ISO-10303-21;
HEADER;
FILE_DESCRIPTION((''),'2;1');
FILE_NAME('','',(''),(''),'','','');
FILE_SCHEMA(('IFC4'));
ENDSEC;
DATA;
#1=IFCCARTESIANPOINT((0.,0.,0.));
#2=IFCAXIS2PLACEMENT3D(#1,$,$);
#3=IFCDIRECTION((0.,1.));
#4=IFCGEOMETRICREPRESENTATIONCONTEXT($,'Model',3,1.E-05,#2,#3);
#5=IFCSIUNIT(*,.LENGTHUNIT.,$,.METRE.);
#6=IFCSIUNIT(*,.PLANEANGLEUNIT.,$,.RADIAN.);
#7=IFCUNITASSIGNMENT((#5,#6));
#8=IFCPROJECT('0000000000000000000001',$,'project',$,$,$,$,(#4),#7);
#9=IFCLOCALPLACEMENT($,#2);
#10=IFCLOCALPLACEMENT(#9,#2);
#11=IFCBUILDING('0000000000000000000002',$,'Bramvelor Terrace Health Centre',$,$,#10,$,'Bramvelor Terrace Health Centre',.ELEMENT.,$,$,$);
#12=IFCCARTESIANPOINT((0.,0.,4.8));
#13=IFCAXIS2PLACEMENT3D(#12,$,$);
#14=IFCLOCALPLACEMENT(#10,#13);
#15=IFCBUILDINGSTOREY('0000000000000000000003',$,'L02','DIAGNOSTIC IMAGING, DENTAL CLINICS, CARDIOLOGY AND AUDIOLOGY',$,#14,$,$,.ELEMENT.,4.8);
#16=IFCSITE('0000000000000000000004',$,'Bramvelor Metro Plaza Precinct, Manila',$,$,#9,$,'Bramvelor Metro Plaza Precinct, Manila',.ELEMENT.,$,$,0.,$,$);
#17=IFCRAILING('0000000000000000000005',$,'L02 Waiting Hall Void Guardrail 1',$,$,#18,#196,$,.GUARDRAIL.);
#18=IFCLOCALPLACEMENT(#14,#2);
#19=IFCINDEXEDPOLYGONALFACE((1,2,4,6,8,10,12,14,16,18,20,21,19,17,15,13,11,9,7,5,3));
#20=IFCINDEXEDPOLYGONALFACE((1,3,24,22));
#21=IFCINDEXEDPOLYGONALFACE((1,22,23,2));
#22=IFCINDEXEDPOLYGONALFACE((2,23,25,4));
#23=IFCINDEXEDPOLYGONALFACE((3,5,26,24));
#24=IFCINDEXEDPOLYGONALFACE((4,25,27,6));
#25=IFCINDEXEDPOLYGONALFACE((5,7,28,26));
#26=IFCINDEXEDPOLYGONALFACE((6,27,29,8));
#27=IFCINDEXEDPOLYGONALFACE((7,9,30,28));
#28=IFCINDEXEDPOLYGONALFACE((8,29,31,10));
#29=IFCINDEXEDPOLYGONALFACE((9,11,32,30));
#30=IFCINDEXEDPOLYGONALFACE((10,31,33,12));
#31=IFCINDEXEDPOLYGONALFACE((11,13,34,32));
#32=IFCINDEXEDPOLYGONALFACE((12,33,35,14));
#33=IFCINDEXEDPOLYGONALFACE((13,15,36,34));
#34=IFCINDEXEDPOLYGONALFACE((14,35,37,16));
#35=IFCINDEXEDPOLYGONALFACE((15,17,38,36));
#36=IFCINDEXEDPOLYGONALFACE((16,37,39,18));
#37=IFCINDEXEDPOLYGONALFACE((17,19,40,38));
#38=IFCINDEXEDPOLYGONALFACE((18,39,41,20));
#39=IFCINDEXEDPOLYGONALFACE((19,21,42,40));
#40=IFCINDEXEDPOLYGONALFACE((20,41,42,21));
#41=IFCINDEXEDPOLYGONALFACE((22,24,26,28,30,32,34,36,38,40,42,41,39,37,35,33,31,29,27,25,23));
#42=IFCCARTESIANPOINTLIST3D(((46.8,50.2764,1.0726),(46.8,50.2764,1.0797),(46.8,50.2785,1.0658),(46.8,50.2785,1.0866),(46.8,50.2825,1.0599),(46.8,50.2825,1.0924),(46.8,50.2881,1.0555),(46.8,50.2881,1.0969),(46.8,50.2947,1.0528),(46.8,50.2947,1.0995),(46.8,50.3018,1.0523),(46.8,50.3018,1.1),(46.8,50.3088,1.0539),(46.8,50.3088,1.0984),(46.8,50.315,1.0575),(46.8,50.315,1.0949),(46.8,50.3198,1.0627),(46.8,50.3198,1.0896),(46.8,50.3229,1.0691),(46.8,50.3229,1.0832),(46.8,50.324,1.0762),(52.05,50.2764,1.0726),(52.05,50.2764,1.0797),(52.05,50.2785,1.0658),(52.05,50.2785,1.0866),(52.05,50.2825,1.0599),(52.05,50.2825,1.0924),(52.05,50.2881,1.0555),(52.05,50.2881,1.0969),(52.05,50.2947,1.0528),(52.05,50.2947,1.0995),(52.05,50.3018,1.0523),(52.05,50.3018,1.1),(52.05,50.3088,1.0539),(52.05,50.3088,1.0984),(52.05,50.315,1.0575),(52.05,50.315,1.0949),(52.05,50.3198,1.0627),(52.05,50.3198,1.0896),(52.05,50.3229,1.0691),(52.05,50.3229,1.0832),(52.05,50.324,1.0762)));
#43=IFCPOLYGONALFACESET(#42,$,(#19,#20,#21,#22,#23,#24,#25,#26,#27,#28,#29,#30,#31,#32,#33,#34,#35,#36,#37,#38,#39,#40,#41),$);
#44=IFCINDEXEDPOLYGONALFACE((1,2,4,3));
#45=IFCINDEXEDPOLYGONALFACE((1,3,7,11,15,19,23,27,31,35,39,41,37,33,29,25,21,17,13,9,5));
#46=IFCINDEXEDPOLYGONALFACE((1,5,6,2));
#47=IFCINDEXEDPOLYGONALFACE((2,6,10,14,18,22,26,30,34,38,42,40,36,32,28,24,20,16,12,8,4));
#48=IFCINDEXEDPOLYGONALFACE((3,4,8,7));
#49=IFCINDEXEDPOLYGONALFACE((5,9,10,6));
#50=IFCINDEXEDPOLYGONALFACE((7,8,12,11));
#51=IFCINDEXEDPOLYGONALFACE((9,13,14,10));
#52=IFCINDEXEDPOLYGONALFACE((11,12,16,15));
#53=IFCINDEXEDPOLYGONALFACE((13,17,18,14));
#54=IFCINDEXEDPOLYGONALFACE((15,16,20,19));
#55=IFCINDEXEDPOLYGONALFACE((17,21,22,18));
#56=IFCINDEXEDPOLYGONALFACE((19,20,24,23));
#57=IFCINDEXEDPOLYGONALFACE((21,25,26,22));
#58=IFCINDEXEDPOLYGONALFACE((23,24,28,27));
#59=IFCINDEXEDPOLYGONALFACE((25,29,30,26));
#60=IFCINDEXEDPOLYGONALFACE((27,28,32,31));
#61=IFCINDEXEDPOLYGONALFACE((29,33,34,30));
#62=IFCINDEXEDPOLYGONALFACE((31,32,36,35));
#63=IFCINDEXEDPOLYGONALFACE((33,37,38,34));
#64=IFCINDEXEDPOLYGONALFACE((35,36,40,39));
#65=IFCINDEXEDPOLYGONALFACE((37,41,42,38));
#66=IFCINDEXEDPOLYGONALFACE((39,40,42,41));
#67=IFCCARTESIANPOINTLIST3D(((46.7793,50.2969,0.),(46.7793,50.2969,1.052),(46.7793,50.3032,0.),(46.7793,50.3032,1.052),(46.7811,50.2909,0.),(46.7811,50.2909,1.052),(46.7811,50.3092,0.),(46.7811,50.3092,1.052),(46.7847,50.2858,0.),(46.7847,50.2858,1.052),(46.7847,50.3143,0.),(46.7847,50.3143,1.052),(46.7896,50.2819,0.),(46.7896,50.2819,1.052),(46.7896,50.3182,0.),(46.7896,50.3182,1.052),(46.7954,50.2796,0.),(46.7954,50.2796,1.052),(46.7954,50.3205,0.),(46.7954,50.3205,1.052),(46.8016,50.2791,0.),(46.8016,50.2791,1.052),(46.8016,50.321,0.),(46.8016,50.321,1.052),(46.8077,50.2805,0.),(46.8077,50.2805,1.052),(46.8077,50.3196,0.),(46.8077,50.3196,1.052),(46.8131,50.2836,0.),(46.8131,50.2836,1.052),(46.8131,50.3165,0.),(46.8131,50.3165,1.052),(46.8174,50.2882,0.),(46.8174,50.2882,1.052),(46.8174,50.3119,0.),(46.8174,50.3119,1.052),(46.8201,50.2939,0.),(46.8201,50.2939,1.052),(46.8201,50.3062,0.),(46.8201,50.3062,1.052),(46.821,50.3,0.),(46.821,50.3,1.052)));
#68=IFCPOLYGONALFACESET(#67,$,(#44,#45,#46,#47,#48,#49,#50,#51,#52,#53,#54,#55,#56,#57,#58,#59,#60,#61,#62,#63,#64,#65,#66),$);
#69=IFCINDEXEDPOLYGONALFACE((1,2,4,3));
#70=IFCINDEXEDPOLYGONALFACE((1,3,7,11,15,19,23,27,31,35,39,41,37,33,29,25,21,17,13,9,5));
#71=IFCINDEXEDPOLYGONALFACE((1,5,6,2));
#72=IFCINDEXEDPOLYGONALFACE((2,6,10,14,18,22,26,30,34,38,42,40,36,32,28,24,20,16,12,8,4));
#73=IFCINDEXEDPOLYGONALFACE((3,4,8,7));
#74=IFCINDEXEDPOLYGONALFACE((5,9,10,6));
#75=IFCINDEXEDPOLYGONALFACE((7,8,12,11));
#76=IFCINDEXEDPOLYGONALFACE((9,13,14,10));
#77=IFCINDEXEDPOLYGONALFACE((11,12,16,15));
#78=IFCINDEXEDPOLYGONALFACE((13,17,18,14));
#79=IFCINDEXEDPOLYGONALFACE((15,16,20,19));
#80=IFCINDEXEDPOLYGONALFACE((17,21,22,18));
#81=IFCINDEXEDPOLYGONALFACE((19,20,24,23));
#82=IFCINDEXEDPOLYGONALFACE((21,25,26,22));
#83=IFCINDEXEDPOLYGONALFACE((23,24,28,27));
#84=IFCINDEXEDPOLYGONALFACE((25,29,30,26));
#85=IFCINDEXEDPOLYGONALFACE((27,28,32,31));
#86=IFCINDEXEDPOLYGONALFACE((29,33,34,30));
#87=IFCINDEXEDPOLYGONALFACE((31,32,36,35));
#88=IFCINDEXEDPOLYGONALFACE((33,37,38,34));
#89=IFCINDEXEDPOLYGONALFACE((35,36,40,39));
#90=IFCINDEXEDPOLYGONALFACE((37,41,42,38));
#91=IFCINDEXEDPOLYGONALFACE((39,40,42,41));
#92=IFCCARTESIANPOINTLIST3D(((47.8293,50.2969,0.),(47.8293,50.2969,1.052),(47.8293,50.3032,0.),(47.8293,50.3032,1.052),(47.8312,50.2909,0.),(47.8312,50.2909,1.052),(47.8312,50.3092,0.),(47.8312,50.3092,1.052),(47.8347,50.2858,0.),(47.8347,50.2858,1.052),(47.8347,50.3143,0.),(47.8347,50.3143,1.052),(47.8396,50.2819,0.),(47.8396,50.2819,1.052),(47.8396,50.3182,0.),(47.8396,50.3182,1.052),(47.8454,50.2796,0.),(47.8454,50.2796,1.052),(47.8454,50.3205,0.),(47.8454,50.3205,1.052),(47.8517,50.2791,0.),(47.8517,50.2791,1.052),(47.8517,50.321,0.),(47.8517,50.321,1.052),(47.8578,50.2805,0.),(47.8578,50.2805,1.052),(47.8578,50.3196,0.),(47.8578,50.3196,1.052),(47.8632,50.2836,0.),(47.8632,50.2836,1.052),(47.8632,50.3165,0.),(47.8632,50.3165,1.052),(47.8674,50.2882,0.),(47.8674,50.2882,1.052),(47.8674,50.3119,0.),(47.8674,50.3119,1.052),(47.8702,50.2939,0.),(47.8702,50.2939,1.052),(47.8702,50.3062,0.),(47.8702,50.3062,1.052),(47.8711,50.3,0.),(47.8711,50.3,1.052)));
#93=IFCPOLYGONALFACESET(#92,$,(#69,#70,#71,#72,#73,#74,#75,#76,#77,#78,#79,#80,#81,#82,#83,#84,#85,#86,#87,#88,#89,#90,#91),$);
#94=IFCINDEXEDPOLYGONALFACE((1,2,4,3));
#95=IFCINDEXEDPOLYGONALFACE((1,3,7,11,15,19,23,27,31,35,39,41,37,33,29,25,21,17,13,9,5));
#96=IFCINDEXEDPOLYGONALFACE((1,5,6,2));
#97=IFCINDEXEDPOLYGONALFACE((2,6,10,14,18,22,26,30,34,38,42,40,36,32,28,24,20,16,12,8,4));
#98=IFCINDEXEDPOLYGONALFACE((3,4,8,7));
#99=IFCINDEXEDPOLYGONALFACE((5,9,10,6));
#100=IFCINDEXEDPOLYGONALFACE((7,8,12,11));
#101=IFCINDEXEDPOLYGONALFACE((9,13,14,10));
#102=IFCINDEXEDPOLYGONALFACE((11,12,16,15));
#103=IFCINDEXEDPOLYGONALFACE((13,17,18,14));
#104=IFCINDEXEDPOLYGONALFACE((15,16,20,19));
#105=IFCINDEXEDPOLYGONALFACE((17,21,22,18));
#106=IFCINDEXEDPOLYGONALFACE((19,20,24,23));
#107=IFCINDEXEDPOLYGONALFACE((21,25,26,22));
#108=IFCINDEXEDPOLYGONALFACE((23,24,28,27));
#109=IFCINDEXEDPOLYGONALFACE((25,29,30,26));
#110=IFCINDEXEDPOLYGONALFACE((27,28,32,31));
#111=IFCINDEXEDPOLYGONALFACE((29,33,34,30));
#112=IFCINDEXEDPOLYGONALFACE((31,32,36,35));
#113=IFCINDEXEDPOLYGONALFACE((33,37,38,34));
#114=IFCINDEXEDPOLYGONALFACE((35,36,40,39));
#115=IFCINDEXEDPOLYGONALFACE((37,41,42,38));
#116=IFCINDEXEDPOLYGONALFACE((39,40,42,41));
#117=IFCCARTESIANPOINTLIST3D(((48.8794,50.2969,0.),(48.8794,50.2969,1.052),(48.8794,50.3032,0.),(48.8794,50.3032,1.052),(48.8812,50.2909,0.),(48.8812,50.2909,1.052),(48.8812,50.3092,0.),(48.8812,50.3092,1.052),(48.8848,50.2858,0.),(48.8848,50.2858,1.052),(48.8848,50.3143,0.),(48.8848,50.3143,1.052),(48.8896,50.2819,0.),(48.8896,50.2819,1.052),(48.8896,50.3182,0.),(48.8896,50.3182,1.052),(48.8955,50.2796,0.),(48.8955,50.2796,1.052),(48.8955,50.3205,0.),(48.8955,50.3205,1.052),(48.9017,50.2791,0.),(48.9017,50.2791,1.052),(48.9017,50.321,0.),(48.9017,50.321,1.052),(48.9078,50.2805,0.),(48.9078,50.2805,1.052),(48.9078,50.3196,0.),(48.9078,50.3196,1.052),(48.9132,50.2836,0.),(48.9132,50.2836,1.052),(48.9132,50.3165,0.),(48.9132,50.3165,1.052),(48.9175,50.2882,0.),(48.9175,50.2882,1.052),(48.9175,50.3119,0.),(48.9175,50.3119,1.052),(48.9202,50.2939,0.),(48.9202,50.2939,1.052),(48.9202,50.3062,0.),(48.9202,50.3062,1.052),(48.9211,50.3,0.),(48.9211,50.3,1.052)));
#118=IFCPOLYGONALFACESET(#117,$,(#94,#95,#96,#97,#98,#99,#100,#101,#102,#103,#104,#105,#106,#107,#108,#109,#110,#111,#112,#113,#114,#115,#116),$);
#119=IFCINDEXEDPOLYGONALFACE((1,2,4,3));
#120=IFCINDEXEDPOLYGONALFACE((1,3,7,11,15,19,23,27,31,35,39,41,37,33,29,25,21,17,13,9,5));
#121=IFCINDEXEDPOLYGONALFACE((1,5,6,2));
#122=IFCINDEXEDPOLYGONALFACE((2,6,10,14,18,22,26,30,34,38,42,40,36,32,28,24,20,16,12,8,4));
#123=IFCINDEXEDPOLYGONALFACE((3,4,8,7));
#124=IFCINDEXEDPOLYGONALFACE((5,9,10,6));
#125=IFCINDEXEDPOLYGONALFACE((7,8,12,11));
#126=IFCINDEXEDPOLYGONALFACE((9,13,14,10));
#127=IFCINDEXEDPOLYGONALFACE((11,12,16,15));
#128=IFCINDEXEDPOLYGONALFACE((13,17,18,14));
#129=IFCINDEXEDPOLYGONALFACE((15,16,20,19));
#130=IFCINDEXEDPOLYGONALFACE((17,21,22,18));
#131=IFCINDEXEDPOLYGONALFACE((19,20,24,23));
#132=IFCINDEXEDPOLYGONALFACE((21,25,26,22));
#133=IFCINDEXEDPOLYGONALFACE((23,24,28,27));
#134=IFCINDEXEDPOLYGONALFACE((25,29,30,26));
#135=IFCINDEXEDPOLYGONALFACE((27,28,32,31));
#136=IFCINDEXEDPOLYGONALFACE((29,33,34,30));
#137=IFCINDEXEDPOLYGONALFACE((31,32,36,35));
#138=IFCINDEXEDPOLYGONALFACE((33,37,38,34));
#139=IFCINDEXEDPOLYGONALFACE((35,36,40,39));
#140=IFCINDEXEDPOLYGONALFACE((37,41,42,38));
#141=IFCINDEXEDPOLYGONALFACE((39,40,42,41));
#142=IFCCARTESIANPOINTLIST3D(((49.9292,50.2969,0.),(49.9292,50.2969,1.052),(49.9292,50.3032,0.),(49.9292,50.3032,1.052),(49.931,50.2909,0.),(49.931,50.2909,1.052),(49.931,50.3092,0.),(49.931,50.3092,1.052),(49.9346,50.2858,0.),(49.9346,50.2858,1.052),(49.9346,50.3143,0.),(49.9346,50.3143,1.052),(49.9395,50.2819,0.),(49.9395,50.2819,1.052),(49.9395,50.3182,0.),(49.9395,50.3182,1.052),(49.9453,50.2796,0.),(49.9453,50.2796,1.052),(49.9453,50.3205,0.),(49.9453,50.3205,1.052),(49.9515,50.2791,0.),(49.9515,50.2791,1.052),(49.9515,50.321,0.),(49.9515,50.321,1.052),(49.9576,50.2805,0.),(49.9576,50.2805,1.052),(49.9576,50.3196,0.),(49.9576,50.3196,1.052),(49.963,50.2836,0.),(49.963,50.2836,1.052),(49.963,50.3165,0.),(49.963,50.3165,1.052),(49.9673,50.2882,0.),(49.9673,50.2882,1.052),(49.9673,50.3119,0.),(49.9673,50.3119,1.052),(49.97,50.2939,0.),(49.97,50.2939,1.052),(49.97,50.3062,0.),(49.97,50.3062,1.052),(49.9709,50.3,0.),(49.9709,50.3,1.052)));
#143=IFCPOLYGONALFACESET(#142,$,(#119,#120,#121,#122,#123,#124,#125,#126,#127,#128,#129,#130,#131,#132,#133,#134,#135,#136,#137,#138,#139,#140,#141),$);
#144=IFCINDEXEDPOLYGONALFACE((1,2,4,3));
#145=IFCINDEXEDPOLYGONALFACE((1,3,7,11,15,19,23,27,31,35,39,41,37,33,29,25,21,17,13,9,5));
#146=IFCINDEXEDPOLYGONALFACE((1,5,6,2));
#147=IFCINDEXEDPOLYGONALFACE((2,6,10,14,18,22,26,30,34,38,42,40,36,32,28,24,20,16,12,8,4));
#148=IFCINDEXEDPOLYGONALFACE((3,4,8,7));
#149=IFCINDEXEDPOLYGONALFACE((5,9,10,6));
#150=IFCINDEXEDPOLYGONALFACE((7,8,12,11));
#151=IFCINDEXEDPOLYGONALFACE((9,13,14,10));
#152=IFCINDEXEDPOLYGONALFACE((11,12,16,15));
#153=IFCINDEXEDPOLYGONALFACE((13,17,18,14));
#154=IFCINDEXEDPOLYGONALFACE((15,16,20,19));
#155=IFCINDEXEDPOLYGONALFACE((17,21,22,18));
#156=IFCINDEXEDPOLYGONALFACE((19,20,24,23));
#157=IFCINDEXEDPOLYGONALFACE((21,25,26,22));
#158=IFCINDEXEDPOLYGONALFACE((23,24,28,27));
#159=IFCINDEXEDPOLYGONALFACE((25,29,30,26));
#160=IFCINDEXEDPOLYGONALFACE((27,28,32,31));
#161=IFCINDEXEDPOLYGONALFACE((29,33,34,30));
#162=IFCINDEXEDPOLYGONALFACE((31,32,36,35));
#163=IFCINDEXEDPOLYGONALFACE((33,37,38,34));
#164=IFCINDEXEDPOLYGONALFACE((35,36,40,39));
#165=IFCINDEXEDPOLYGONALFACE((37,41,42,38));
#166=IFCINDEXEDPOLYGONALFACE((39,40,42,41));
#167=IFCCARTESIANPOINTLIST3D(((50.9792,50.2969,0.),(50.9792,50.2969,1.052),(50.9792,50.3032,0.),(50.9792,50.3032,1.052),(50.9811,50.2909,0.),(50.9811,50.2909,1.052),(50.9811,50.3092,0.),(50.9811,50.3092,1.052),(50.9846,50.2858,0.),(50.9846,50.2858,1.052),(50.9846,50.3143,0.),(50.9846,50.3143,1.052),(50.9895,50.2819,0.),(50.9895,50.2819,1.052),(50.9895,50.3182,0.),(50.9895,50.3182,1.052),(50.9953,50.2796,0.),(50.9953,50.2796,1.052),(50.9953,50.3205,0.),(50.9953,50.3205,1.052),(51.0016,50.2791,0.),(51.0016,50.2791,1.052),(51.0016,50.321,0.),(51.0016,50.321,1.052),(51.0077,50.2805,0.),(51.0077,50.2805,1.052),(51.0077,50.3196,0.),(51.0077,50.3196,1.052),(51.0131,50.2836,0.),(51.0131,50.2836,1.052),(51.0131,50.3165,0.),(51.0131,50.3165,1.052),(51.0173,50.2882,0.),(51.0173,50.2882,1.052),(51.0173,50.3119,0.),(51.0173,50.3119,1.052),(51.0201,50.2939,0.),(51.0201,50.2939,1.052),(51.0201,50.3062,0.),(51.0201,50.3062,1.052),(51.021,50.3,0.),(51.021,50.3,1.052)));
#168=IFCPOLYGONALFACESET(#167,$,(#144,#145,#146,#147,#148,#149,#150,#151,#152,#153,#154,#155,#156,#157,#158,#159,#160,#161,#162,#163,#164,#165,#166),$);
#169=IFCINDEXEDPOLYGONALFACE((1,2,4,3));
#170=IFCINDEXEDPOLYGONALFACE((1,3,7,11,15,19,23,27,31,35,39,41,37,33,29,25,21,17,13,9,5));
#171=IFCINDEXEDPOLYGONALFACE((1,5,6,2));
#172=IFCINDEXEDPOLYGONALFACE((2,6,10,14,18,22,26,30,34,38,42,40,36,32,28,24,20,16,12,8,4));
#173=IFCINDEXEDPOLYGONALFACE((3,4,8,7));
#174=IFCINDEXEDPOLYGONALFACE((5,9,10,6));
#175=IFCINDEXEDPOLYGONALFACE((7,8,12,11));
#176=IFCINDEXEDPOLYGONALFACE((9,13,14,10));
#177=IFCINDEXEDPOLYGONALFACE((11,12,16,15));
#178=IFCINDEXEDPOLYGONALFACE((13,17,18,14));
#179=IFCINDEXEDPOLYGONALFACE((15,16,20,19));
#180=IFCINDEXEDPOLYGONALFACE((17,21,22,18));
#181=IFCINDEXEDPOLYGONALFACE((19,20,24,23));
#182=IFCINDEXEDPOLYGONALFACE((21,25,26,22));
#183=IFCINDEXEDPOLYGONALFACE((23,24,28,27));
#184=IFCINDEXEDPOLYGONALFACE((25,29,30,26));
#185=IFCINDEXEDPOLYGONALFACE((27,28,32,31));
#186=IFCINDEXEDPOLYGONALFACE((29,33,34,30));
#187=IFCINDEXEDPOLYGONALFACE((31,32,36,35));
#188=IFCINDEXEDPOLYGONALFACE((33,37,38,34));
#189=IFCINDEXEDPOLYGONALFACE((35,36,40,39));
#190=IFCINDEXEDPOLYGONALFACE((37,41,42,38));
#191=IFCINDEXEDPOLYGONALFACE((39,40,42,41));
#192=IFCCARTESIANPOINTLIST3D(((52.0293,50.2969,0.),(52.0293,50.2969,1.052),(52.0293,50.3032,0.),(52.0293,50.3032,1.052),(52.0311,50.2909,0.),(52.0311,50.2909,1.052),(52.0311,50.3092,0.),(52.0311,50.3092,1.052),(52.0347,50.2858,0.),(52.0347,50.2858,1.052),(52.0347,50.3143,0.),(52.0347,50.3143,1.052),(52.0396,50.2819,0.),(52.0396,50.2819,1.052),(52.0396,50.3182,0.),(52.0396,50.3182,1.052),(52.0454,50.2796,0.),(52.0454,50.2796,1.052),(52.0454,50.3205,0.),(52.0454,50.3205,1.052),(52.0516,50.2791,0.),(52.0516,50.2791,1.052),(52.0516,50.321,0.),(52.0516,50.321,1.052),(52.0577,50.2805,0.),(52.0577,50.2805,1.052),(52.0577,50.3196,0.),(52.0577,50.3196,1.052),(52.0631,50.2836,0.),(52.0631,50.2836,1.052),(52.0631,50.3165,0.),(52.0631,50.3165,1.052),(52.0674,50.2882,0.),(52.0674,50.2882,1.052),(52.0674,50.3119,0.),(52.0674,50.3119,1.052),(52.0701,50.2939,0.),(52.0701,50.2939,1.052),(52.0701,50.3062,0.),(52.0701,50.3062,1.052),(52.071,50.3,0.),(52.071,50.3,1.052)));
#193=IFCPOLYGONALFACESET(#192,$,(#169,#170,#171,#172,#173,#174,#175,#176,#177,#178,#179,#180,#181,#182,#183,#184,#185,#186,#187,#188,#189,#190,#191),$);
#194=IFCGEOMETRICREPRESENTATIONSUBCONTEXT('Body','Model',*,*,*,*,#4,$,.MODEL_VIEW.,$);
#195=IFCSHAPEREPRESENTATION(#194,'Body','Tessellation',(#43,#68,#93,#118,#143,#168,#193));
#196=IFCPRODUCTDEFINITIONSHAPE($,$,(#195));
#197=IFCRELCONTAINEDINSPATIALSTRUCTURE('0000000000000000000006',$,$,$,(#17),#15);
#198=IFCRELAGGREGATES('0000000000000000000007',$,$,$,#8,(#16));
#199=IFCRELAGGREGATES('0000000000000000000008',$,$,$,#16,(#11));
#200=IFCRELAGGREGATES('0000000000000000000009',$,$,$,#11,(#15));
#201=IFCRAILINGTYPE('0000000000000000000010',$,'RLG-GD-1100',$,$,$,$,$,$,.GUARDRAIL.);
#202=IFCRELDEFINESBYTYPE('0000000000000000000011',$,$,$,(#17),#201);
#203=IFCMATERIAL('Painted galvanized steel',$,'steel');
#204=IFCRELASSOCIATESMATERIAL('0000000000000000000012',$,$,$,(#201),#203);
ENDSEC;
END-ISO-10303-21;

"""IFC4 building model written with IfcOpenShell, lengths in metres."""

from ifc_helpers import new_model, si_unit, direction, frame, origin, origin_2d, place, context, subcontext, project, spatial, circle, extrude, material, type_object, element, save


model = new_model("IFC4")

# Units and contexts
model_context = context("Model", 3, precision=1e-05, world=origin(), true_north=direction((0.0, 1.0)))
body_context = subcontext(model_context, "Body", "Model", "MODEL_VIEW")
ifc_project = project(units=[si_unit("LENGTHUNIT", "METRE"), si_unit("PLANEANGLEUNIT", "RADIAN")], contexts=[model_context])

# Site, building, storey
site_placement = place(None, origin())
site = spatial("IfcSite", under=ifc_project, at=site_placement, Name="Bramvelor Metro Plaza Precinct, Manila", LongName="Bramvelor Metro Plaza Precinct, Manila", CompositionType="ELEMENT", RefElevation=0.0)
building_placement = place(site_placement, origin())
building = spatial("IfcBuilding", under=site, at=building_placement, Name="Bramvelor Terrace Health Centre", LongName="Bramvelor Terrace Health Centre", CompositionType="ELEMENT")
storey_placement = place(building_placement, frame((0.0, 0.0, 4.8)))
storey = spatial("IfcBuildingStorey", under=building, at=storey_placement, Name="L02", Description="DIAGNOSTIC IMAGING, DENTAL CLINICS, CARDIOLOGY AND AUDIOLOGY", CompositionType="ELEMENT", Elevation=4.8)

# Railing
ifc_material_1 = material(Name="Painted galvanized steel", Category="steel")
railing_type = type_object("IfcRailingType", Name="RLG-GD-1100", PredefinedType="GUARDRAIL", material=ifc_material_1)
railing_placement = place(storey_placement, frame((46.8, 50.3, 0.0)))
element("IfcRailing", 1, at=railing_placement, inside=storey, type_object=railing_type, Name="L02 Waiting Hall Void Guardrail 1", PredefinedType="GUARDRAIL", context=body_context, shape_type="SweptSolid", body=[
    extrude(circle(Radius=0.0239, at=origin_2d()), frame((0.0, 0.0, 1.0762), z_axis=(1.0, 0.0, 0.0), x_axis=(0.0, 1.0, 0.0)), (0.0, 0.0, 1.0), 5.25),
    extrude(circle(Radius=0.021, at=origin_2d()), origin(), (0.0, 0.0, 1.0), 1.052),
    extrude(circle(Radius=0.021, at=origin_2d()), frame((1.05, 0.0, 0.0)), (0.0, 0.0, 1.0), 1.052),
    extrude(circle(Radius=0.021, at=origin_2d()), frame((2.1001, 0.0, 0.0)), (0.0, 0.0, 1.0), 1.052),
    extrude(circle(Radius=0.021, at=origin_2d()), frame((3.1499, 0.0, 0.0)), (0.0, 0.0, 1.0), 1.052),
    extrude(circle(Radius=0.021, at=origin_2d()), frame((4.2, 0.0, 0.0)), (0.0, 0.0, 1.0), 1.052),
    extrude(circle(Radius=0.021, at=origin_2d()), frame((5.25, 0.0, 0.0)), (0.0, 0.0, 1.0), 1.052),
])

save(model, "model.ifc")
